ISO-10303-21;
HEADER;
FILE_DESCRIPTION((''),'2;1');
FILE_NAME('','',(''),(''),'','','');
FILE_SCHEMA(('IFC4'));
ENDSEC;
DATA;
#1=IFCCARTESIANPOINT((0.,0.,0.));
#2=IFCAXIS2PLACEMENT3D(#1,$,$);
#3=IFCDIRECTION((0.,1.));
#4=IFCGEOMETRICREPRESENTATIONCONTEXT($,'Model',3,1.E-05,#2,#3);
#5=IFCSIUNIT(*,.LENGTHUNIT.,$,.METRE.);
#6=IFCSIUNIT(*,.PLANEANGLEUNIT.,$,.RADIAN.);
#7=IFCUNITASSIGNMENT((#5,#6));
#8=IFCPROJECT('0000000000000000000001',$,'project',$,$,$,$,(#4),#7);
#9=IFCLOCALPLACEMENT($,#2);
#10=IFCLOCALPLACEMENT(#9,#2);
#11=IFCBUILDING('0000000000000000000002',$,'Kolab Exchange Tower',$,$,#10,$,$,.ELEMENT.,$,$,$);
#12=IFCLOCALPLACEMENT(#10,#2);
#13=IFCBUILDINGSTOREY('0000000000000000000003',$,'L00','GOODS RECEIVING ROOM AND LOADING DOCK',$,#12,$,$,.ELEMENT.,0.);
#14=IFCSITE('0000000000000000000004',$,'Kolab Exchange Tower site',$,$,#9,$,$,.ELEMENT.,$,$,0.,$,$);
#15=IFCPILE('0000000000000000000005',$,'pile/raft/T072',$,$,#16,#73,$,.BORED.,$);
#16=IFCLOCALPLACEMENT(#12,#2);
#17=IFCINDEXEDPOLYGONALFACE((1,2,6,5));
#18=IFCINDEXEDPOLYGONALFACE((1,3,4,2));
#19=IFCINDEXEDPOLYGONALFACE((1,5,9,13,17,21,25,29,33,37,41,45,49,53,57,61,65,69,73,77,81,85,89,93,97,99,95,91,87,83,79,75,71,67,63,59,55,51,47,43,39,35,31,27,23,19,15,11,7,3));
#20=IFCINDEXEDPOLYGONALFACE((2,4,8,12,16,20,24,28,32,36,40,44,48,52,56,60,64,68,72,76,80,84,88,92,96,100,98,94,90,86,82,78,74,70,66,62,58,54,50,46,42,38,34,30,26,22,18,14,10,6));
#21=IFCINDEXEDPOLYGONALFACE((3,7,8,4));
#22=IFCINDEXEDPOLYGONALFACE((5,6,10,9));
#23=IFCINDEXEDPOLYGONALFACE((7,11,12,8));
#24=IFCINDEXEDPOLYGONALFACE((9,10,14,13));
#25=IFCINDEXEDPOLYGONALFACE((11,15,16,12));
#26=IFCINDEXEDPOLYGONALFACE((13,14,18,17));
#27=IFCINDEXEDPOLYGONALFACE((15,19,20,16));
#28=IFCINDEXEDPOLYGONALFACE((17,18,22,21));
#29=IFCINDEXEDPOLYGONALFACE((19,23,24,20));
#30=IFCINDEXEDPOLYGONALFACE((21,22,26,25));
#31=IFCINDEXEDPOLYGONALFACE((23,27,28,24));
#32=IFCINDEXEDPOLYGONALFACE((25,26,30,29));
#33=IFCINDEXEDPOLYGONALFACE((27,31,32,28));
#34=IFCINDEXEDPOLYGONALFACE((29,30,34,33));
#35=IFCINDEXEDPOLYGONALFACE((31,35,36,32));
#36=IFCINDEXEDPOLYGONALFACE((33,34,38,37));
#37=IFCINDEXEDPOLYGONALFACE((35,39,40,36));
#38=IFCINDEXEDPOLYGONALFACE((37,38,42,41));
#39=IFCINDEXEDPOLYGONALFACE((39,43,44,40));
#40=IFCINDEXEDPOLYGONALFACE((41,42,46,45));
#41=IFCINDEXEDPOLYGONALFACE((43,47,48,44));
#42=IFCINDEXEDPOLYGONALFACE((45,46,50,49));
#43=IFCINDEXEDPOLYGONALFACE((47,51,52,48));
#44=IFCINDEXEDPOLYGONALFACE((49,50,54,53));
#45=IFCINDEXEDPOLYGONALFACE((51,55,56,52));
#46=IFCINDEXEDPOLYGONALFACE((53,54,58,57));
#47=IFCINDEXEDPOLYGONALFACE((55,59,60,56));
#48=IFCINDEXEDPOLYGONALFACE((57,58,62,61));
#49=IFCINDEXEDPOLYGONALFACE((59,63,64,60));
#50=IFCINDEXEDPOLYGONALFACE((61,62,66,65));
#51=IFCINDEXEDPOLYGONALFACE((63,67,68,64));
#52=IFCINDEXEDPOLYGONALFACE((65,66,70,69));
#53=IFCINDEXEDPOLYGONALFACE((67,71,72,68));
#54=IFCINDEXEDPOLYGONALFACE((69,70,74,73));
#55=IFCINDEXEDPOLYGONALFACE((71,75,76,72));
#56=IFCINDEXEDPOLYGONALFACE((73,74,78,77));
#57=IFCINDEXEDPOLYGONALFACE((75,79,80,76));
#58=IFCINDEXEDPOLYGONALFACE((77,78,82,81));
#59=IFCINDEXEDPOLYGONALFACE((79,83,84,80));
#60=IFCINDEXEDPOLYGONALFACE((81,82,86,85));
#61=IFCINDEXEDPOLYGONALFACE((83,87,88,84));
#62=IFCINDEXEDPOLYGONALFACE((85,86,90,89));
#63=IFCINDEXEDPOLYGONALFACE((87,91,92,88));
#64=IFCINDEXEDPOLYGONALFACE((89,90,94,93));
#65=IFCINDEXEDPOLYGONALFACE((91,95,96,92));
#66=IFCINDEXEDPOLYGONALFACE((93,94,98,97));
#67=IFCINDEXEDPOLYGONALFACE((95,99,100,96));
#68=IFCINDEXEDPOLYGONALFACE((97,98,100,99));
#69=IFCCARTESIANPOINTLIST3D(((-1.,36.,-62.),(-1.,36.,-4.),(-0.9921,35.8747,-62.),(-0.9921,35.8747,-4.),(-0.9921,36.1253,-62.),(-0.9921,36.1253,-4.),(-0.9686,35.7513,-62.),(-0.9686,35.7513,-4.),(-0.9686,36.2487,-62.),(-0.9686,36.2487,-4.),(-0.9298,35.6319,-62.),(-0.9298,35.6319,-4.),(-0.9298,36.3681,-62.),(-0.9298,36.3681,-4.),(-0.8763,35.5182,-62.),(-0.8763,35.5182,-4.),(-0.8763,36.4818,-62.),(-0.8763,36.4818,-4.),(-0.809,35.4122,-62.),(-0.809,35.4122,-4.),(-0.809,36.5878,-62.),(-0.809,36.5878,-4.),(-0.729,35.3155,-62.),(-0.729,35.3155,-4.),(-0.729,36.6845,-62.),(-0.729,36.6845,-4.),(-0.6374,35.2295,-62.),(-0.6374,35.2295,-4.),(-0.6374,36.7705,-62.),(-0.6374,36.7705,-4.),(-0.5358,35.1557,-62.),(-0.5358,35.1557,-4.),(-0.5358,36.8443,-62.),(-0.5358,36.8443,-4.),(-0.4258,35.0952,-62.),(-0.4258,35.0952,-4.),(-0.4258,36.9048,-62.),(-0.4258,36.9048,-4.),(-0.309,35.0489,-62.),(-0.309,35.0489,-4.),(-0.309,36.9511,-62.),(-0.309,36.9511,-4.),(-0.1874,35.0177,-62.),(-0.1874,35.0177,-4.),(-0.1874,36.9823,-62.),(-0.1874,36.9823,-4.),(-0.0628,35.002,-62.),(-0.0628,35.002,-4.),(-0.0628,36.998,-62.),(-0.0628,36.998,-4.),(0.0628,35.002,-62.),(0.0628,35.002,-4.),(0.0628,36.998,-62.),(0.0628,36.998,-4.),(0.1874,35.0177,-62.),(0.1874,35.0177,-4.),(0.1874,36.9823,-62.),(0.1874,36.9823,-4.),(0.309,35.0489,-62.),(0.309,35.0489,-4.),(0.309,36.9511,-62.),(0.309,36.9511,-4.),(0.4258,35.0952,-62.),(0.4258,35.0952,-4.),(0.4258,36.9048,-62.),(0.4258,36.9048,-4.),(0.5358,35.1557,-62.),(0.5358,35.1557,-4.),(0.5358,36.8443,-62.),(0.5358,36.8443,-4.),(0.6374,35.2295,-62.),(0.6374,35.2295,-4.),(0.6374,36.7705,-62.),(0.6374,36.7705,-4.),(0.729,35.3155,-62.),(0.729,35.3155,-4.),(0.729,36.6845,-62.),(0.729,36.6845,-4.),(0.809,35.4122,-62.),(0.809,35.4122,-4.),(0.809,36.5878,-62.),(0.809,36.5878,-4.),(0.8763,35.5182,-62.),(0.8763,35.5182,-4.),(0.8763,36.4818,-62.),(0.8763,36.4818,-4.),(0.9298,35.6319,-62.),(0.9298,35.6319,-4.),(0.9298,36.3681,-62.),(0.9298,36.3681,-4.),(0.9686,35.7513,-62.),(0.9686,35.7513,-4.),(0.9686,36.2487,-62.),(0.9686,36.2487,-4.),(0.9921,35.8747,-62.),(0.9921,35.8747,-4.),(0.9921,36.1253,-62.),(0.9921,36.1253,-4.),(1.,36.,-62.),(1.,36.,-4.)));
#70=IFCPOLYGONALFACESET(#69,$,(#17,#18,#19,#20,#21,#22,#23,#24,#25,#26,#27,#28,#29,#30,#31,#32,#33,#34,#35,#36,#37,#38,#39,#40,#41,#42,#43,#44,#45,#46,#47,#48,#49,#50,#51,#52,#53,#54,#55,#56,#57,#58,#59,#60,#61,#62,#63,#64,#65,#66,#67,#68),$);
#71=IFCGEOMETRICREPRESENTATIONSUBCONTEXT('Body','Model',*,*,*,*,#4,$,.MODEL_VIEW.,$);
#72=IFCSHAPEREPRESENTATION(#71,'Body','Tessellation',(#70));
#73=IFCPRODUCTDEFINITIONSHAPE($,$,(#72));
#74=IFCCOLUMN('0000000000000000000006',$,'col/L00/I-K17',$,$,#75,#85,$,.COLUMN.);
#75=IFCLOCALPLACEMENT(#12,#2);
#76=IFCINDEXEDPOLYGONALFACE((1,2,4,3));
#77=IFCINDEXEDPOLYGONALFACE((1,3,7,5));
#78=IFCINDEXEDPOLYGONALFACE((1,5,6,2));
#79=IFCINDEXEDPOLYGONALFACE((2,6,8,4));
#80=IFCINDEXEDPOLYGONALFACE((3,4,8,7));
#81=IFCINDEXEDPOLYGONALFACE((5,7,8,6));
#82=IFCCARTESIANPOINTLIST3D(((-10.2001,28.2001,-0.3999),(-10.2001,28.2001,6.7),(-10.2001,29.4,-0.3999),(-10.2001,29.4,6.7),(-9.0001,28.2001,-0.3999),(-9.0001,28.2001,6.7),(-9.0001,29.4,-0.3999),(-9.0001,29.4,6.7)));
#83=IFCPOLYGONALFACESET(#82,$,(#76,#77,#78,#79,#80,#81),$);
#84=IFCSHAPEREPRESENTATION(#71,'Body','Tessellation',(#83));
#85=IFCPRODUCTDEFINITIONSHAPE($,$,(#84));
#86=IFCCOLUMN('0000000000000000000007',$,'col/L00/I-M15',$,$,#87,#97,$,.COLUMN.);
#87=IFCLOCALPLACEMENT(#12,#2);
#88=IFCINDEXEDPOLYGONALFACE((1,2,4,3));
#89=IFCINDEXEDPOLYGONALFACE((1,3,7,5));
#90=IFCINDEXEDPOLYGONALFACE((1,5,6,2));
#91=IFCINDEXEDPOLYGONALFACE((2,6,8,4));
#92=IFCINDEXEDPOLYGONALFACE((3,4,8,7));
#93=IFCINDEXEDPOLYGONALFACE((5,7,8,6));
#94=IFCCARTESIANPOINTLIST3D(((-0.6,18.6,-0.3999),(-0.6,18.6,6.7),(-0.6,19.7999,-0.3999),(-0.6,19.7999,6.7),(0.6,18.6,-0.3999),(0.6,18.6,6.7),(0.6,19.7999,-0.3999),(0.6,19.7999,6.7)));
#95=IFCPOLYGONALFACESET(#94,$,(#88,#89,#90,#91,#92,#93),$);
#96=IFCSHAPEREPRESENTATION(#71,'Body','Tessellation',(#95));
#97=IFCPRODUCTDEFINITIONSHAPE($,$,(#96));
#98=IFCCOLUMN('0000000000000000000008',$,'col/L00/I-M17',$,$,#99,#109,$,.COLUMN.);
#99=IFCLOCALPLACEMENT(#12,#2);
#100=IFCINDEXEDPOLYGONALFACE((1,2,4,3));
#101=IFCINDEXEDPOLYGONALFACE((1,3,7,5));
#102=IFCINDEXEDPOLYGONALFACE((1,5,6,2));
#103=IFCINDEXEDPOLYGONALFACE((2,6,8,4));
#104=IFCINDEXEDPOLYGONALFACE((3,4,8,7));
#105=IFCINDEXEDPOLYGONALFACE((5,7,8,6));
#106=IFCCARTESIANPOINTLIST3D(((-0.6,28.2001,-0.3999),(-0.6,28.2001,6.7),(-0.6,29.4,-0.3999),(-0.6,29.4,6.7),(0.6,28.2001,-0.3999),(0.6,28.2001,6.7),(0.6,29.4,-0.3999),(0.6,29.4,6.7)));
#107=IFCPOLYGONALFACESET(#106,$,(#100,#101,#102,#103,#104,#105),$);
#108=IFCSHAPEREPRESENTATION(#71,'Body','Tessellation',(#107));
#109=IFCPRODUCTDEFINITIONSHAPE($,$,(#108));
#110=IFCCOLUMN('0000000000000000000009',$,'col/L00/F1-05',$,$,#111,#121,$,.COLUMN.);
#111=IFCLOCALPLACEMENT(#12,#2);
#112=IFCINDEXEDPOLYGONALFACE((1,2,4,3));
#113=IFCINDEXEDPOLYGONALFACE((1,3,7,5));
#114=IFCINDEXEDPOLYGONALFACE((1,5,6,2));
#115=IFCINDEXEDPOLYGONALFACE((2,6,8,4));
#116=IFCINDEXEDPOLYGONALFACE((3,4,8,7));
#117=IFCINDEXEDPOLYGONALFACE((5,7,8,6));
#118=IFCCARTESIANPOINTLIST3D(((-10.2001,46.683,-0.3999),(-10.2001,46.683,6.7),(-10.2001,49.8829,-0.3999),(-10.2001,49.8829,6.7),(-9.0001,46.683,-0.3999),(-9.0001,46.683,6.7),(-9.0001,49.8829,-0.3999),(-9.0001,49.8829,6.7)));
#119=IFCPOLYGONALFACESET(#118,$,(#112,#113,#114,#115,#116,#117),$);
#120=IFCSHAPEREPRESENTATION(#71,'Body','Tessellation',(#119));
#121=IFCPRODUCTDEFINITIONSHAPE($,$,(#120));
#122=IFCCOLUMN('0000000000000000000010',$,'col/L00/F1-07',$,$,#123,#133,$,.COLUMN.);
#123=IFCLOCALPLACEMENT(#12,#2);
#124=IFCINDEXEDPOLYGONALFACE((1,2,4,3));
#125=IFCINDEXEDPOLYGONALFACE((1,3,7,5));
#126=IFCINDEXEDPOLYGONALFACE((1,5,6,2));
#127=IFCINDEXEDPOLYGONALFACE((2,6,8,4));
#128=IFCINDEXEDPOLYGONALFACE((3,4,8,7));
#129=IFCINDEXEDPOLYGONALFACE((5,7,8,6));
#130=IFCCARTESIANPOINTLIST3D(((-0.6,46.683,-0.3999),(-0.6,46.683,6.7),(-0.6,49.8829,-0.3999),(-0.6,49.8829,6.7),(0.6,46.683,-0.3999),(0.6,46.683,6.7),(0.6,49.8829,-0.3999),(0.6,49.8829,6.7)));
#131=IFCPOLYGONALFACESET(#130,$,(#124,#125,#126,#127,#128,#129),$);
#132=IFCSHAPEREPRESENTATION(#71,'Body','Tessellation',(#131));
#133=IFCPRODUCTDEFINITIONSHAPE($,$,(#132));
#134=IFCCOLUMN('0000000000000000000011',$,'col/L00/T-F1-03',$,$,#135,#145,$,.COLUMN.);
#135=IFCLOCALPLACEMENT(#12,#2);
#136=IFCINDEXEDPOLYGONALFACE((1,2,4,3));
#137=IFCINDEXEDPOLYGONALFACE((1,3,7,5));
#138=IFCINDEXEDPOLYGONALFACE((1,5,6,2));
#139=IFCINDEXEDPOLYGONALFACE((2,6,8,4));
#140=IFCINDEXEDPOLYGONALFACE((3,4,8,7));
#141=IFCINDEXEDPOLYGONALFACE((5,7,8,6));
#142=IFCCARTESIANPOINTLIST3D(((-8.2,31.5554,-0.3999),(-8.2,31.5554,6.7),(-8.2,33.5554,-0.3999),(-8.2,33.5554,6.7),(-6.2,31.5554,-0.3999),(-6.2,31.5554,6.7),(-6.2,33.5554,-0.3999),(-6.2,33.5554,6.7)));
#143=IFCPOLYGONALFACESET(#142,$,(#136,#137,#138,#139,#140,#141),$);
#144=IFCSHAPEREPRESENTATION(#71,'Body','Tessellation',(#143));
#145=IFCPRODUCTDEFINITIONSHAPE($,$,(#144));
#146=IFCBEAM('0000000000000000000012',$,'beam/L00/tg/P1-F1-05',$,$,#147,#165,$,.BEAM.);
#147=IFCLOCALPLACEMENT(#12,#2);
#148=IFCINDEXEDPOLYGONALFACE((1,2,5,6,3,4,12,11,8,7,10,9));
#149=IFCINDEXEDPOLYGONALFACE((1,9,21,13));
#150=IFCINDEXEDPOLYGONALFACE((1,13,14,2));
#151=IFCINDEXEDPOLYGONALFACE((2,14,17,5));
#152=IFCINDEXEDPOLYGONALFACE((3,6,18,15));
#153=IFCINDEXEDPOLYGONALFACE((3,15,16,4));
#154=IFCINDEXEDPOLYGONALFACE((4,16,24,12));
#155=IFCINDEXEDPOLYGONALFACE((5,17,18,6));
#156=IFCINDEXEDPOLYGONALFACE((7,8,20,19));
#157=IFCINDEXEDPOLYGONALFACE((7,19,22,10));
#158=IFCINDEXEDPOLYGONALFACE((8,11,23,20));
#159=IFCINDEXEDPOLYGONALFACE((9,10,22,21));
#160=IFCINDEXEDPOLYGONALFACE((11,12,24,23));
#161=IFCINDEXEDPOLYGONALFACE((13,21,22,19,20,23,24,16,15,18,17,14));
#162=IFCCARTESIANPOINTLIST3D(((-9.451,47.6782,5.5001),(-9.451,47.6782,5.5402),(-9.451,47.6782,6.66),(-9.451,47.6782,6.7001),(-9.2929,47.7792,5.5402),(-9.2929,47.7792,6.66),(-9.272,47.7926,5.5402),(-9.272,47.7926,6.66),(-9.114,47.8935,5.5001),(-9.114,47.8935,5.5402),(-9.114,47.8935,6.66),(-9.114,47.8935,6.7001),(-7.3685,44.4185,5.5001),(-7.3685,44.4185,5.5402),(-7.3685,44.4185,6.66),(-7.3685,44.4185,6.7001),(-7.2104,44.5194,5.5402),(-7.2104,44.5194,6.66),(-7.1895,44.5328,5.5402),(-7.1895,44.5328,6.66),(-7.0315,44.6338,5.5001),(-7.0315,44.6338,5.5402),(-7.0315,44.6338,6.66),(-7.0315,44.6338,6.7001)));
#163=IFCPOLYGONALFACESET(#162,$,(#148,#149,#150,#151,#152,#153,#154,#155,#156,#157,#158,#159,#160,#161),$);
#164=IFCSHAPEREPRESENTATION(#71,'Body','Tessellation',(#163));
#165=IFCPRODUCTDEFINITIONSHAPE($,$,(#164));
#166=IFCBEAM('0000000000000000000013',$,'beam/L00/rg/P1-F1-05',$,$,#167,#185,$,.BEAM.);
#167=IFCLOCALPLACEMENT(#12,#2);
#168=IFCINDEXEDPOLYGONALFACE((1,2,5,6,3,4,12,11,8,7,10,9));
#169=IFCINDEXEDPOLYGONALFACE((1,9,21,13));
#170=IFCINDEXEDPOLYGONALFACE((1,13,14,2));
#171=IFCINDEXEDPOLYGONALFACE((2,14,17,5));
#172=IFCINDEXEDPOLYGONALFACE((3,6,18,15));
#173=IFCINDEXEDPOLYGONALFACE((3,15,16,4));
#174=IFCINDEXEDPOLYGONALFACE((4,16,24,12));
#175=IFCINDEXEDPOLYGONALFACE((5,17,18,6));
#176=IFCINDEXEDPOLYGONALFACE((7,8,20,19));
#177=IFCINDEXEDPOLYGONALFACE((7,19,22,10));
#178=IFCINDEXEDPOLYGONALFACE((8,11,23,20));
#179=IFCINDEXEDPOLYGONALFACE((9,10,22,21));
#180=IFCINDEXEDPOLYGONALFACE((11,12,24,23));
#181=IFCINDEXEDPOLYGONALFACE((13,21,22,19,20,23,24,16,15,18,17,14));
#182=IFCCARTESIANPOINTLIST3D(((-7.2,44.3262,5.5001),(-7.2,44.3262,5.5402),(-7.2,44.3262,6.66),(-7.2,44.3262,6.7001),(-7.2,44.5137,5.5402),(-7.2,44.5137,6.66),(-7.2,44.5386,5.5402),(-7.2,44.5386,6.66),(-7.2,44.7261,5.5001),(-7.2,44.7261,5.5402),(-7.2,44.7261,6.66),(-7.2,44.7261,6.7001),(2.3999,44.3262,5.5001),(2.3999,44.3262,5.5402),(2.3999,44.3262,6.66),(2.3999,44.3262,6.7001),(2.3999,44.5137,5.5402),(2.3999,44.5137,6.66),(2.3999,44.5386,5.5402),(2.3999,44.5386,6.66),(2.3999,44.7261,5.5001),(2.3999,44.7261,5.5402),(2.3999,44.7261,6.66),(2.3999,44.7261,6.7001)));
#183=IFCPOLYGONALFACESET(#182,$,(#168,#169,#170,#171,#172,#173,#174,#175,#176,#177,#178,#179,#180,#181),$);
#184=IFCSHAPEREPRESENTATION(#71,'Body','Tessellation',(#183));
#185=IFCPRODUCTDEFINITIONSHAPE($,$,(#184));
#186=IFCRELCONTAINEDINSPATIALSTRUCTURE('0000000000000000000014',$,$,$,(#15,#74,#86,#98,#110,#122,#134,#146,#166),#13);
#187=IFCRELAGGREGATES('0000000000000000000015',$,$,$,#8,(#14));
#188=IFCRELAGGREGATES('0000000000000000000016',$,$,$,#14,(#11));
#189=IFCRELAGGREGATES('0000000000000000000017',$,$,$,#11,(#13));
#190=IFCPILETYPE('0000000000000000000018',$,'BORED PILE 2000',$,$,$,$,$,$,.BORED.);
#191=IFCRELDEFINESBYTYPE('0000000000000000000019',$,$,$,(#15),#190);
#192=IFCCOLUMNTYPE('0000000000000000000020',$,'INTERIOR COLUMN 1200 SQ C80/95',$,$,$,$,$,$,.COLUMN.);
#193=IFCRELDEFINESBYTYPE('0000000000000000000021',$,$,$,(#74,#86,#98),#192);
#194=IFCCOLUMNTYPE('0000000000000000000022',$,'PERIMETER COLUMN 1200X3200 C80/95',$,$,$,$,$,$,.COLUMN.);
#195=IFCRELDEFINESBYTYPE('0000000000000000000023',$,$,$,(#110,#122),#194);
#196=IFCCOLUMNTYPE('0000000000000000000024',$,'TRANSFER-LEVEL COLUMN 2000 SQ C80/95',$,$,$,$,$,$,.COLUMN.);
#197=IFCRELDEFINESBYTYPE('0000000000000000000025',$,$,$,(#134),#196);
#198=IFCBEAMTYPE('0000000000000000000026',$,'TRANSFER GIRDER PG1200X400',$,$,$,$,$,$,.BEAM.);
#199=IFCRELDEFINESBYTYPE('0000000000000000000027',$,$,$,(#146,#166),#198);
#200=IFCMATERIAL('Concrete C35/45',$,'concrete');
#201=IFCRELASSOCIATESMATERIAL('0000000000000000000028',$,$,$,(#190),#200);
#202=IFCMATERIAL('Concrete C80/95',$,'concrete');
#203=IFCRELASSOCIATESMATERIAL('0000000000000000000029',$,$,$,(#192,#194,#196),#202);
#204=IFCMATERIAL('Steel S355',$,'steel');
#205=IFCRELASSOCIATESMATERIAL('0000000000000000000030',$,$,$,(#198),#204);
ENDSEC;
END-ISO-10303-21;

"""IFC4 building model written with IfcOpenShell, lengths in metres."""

from ifc_helpers import new_model, si_unit, direction, frame, origin, origin_2d, place, context, subcontext, project, spatial, rectangle, circle, i_section, extrude, material, material_profile, profile_set, type_object, element, save


model = new_model("IFC4")

# Units and contexts
model_context = context("Model", 3, precision=1e-05, world=origin(), true_north=direction((0.0, 1.0)))
body_context = subcontext(model_context, "Body", "Model", "MODEL_VIEW")
ifc_project = project(units=[si_unit("LENGTHUNIT", "METRE"), si_unit("PLANEANGLEUNIT", "RADIAN")], contexts=[model_context])

# Site, building, storey
site_placement = place(None, origin())
site = spatial("IfcSite", under=ifc_project, at=site_placement, Name="Kolab Exchange Tower site", CompositionType="ELEMENT", RefElevation=0.0)
building_placement = place(site_placement, origin())
building = spatial("IfcBuilding", under=site, at=building_placement, Name="Kolab Exchange Tower", CompositionType="ELEMENT")
storey_placement = place(building_placement, origin())
storey = spatial("IfcBuildingStorey", under=building, at=storey_placement, Name="L00", Description="GOODS RECEIVING ROOM AND LOADING DOCK", CompositionType="ELEMENT", Elevation=0.0)

# Pile
ifc_material_1 = material(Name="Concrete C35/45", Category="concrete")
ifc_material_profile_1 = material_profile(ifc_material_1, circle(Radius=1.0, at=origin_2d()), Name="BP2000")
ifc_profile_set_1 = profile_set([ifc_material_profile_1], Name="Concrete C35/45")
pile_type_1 = type_object("IfcPileType", Name="BORED PILE 2000", PredefinedType="BORED", material=ifc_profile_set_1)
for number, where, z_axis, x_axis, name in (
    (1, (0.0, 36.0, -4.0), (0.0, 0.0, -1.0), (1.0, 0.0, 0.0), "pile/raft/T072"),
):
    element("IfcPile", number, at=place(storey_placement, frame(where, z_axis=z_axis, x_axis=x_axis)), inside=storey, type_object=pile_type_1, Name=name, PredefinedType="BORED", context=body_context, shape_type="SweptSolid", body=[
        extrude(circle(Radius=1.0, at=origin_2d()), origin(), (0.0, 0.0, 1.0), 58.0),
    ])

# Columns
ifc_material_2 = material(Name="Concrete C80/95", Category="concrete")
ifc_material_profile_2 = material_profile(ifc_material_2, rectangle(XDim=1.2, YDim=1.2, at=origin_2d()), Name="RC1200")
ifc_profile_set_2 = profile_set([ifc_material_profile_2], Name="Concrete C80/95")
column_type_1 = type_object("IfcColumnType", Name="INTERIOR COLUMN 1200 SQ C80/95", PredefinedType="COLUMN", material=ifc_profile_set_2)
for number, where, z_axis, x_axis, name in (
    (2, (-9.6001, 28.8, -0.3999), (0.0, 0.0, 1.0), (1.0, 0.0, 0.0), "col/L00/I-K17"),
    (3, (0.0, 19.2, -0.3999), (0.0, 0.0, 1.0), (1.0, 0.0, 0.0), "col/L00/I-M15"),
    (4, (0.0, 28.8, -0.3999), (0.0, 0.0, 1.0), (1.0, 0.0, 0.0), "col/L00/I-M17"),
):
    element("IfcColumn", number, at=place(storey_placement, frame(where, z_axis=z_axis, x_axis=x_axis)), inside=storey, type_object=column_type_1, Name=name, PredefinedType="COLUMN", context=body_context, shape_type="SweptSolid", body=[
        extrude(rectangle(XDim=1.2, YDim=1.2, at=origin_2d()), origin(), (0.0, 0.0, 1.0), 7.0999),
    ])
ifc_material_profile_3 = material_profile(ifc_material_2, rectangle(XDim=1.2, YDim=3.2, at=origin_2d()), Name="RC1200X3200")
ifc_profile_set_3 = profile_set([ifc_material_profile_3], Name="Concrete C80/95")
column_type_2 = type_object("IfcColumnType", Name="PERIMETER COLUMN 1200X3200 C80/95", PredefinedType="COLUMN", material=ifc_profile_set_3)
for number, where, z_axis, x_axis, name in (
    (5, (-9.6001, 48.283, -0.3999), (0.0, 0.0, 1.0), (1.0, 0.0, 0.0), "col/L00/F1-05"),
    (6, (0.0, 48.283, -0.3999), (0.0, 0.0, 1.0), (1.0, 0.0, 0.0), "col/L00/F1-07"),
):
    element("IfcColumn", number, at=place(storey_placement, frame(where, z_axis=z_axis, x_axis=x_axis)), inside=storey, type_object=column_type_2, Name=name, PredefinedType="COLUMN", context=body_context, shape_type="SweptSolid", body=[
        extrude(rectangle(XDim=1.2, YDim=3.2, at=origin_2d()), origin(), (0.0, 0.0, 1.0), 7.0999),
    ])
ifc_material_profile_4 = material_profile(ifc_material_2, rectangle(XDim=2.0, YDim=2.0, at=origin_2d()), Name="RC2000")
ifc_profile_set_4 = profile_set([ifc_material_profile_4], Name="Concrete C80/95")
column_type_3 = type_object("IfcColumnType", Name="TRANSFER-LEVEL COLUMN 2000 SQ C80/95", PredefinedType="COLUMN", material=ifc_profile_set_4)
column_placement = place(storey_placement, frame((-7.2, 32.5554, -0.3999), z_axis=(0.0, 0.0, 1.0), x_axis=(1.0, 0.0, 0.0)))
element("IfcColumn", 7, at=column_placement, inside=storey, type_object=column_type_3, Name="col/L00/T-F1-03", PredefinedType="COLUMN", context=body_context, shape_type="SweptSolid", body=[
    extrude(rectangle(XDim=2.0, YDim=2.0, at=origin_2d()), origin(), (0.0, 0.0, 1.0), 7.0999),
])

# Beams
ifc_material_3 = material(Name="Steel S355", Category="steel")
ifc_material_profile_5 = material_profile(ifc_material_3, i_section(OverallWidth=0.3999, OverallDepth=1.2, WebThickness=0.0249, FlangeThickness=0.04, at=origin_2d()), Name="PG1200X400")
ifc_profile_set_5 = profile_set([ifc_material_profile_5], Name="Steel S355")
beam_type = type_object("IfcBeamType", Name="TRANSFER GIRDER PG1200X400", PredefinedType="BEAM", material=ifc_profile_set_5)
beam_1_placement = place(storey_placement, frame((-7.2, 44.5261, 6.1001), z_axis=(-0.538369, 0.842709, 0.0), x_axis=(-0.842709, -0.538369, 0.0)))
element("IfcBeam", 8, at=beam_1_placement, inside=storey, type_object=beam_type, Name="beam/L00/tg/P1-F1-05", PredefinedType="BEAM", context=body_context, shape_type="SweptSolid", body=[
    extrude(i_section(OverallWidth=0.3999, OverallDepth=1.2, WebThickness=0.0249, FlangeThickness=0.04, at=origin_2d()), origin(), (0.0, 0.0, 1.0), 3.8682),
])
beam_2_placement = place(storey_placement, frame((-7.2, 44.5261, 6.1001), z_axis=(1.0, 0.0, 0.0), x_axis=(0.0, 1.0, 0.0)))
element("IfcBeam", 9, at=beam_2_placement, inside=storey, type_object=beam_type, Name="beam/L00/rg/P1-F1-05", PredefinedType="BEAM", context=body_context, shape_type="SweptSolid", body=[
    extrude(i_section(OverallWidth=0.3999, OverallDepth=1.2, WebThickness=0.0249, FlangeThickness=0.04, at=origin_2d()), origin(), (0.0, 0.0, 1.0), 9.5999),
])

save(model, "model.ifc")
